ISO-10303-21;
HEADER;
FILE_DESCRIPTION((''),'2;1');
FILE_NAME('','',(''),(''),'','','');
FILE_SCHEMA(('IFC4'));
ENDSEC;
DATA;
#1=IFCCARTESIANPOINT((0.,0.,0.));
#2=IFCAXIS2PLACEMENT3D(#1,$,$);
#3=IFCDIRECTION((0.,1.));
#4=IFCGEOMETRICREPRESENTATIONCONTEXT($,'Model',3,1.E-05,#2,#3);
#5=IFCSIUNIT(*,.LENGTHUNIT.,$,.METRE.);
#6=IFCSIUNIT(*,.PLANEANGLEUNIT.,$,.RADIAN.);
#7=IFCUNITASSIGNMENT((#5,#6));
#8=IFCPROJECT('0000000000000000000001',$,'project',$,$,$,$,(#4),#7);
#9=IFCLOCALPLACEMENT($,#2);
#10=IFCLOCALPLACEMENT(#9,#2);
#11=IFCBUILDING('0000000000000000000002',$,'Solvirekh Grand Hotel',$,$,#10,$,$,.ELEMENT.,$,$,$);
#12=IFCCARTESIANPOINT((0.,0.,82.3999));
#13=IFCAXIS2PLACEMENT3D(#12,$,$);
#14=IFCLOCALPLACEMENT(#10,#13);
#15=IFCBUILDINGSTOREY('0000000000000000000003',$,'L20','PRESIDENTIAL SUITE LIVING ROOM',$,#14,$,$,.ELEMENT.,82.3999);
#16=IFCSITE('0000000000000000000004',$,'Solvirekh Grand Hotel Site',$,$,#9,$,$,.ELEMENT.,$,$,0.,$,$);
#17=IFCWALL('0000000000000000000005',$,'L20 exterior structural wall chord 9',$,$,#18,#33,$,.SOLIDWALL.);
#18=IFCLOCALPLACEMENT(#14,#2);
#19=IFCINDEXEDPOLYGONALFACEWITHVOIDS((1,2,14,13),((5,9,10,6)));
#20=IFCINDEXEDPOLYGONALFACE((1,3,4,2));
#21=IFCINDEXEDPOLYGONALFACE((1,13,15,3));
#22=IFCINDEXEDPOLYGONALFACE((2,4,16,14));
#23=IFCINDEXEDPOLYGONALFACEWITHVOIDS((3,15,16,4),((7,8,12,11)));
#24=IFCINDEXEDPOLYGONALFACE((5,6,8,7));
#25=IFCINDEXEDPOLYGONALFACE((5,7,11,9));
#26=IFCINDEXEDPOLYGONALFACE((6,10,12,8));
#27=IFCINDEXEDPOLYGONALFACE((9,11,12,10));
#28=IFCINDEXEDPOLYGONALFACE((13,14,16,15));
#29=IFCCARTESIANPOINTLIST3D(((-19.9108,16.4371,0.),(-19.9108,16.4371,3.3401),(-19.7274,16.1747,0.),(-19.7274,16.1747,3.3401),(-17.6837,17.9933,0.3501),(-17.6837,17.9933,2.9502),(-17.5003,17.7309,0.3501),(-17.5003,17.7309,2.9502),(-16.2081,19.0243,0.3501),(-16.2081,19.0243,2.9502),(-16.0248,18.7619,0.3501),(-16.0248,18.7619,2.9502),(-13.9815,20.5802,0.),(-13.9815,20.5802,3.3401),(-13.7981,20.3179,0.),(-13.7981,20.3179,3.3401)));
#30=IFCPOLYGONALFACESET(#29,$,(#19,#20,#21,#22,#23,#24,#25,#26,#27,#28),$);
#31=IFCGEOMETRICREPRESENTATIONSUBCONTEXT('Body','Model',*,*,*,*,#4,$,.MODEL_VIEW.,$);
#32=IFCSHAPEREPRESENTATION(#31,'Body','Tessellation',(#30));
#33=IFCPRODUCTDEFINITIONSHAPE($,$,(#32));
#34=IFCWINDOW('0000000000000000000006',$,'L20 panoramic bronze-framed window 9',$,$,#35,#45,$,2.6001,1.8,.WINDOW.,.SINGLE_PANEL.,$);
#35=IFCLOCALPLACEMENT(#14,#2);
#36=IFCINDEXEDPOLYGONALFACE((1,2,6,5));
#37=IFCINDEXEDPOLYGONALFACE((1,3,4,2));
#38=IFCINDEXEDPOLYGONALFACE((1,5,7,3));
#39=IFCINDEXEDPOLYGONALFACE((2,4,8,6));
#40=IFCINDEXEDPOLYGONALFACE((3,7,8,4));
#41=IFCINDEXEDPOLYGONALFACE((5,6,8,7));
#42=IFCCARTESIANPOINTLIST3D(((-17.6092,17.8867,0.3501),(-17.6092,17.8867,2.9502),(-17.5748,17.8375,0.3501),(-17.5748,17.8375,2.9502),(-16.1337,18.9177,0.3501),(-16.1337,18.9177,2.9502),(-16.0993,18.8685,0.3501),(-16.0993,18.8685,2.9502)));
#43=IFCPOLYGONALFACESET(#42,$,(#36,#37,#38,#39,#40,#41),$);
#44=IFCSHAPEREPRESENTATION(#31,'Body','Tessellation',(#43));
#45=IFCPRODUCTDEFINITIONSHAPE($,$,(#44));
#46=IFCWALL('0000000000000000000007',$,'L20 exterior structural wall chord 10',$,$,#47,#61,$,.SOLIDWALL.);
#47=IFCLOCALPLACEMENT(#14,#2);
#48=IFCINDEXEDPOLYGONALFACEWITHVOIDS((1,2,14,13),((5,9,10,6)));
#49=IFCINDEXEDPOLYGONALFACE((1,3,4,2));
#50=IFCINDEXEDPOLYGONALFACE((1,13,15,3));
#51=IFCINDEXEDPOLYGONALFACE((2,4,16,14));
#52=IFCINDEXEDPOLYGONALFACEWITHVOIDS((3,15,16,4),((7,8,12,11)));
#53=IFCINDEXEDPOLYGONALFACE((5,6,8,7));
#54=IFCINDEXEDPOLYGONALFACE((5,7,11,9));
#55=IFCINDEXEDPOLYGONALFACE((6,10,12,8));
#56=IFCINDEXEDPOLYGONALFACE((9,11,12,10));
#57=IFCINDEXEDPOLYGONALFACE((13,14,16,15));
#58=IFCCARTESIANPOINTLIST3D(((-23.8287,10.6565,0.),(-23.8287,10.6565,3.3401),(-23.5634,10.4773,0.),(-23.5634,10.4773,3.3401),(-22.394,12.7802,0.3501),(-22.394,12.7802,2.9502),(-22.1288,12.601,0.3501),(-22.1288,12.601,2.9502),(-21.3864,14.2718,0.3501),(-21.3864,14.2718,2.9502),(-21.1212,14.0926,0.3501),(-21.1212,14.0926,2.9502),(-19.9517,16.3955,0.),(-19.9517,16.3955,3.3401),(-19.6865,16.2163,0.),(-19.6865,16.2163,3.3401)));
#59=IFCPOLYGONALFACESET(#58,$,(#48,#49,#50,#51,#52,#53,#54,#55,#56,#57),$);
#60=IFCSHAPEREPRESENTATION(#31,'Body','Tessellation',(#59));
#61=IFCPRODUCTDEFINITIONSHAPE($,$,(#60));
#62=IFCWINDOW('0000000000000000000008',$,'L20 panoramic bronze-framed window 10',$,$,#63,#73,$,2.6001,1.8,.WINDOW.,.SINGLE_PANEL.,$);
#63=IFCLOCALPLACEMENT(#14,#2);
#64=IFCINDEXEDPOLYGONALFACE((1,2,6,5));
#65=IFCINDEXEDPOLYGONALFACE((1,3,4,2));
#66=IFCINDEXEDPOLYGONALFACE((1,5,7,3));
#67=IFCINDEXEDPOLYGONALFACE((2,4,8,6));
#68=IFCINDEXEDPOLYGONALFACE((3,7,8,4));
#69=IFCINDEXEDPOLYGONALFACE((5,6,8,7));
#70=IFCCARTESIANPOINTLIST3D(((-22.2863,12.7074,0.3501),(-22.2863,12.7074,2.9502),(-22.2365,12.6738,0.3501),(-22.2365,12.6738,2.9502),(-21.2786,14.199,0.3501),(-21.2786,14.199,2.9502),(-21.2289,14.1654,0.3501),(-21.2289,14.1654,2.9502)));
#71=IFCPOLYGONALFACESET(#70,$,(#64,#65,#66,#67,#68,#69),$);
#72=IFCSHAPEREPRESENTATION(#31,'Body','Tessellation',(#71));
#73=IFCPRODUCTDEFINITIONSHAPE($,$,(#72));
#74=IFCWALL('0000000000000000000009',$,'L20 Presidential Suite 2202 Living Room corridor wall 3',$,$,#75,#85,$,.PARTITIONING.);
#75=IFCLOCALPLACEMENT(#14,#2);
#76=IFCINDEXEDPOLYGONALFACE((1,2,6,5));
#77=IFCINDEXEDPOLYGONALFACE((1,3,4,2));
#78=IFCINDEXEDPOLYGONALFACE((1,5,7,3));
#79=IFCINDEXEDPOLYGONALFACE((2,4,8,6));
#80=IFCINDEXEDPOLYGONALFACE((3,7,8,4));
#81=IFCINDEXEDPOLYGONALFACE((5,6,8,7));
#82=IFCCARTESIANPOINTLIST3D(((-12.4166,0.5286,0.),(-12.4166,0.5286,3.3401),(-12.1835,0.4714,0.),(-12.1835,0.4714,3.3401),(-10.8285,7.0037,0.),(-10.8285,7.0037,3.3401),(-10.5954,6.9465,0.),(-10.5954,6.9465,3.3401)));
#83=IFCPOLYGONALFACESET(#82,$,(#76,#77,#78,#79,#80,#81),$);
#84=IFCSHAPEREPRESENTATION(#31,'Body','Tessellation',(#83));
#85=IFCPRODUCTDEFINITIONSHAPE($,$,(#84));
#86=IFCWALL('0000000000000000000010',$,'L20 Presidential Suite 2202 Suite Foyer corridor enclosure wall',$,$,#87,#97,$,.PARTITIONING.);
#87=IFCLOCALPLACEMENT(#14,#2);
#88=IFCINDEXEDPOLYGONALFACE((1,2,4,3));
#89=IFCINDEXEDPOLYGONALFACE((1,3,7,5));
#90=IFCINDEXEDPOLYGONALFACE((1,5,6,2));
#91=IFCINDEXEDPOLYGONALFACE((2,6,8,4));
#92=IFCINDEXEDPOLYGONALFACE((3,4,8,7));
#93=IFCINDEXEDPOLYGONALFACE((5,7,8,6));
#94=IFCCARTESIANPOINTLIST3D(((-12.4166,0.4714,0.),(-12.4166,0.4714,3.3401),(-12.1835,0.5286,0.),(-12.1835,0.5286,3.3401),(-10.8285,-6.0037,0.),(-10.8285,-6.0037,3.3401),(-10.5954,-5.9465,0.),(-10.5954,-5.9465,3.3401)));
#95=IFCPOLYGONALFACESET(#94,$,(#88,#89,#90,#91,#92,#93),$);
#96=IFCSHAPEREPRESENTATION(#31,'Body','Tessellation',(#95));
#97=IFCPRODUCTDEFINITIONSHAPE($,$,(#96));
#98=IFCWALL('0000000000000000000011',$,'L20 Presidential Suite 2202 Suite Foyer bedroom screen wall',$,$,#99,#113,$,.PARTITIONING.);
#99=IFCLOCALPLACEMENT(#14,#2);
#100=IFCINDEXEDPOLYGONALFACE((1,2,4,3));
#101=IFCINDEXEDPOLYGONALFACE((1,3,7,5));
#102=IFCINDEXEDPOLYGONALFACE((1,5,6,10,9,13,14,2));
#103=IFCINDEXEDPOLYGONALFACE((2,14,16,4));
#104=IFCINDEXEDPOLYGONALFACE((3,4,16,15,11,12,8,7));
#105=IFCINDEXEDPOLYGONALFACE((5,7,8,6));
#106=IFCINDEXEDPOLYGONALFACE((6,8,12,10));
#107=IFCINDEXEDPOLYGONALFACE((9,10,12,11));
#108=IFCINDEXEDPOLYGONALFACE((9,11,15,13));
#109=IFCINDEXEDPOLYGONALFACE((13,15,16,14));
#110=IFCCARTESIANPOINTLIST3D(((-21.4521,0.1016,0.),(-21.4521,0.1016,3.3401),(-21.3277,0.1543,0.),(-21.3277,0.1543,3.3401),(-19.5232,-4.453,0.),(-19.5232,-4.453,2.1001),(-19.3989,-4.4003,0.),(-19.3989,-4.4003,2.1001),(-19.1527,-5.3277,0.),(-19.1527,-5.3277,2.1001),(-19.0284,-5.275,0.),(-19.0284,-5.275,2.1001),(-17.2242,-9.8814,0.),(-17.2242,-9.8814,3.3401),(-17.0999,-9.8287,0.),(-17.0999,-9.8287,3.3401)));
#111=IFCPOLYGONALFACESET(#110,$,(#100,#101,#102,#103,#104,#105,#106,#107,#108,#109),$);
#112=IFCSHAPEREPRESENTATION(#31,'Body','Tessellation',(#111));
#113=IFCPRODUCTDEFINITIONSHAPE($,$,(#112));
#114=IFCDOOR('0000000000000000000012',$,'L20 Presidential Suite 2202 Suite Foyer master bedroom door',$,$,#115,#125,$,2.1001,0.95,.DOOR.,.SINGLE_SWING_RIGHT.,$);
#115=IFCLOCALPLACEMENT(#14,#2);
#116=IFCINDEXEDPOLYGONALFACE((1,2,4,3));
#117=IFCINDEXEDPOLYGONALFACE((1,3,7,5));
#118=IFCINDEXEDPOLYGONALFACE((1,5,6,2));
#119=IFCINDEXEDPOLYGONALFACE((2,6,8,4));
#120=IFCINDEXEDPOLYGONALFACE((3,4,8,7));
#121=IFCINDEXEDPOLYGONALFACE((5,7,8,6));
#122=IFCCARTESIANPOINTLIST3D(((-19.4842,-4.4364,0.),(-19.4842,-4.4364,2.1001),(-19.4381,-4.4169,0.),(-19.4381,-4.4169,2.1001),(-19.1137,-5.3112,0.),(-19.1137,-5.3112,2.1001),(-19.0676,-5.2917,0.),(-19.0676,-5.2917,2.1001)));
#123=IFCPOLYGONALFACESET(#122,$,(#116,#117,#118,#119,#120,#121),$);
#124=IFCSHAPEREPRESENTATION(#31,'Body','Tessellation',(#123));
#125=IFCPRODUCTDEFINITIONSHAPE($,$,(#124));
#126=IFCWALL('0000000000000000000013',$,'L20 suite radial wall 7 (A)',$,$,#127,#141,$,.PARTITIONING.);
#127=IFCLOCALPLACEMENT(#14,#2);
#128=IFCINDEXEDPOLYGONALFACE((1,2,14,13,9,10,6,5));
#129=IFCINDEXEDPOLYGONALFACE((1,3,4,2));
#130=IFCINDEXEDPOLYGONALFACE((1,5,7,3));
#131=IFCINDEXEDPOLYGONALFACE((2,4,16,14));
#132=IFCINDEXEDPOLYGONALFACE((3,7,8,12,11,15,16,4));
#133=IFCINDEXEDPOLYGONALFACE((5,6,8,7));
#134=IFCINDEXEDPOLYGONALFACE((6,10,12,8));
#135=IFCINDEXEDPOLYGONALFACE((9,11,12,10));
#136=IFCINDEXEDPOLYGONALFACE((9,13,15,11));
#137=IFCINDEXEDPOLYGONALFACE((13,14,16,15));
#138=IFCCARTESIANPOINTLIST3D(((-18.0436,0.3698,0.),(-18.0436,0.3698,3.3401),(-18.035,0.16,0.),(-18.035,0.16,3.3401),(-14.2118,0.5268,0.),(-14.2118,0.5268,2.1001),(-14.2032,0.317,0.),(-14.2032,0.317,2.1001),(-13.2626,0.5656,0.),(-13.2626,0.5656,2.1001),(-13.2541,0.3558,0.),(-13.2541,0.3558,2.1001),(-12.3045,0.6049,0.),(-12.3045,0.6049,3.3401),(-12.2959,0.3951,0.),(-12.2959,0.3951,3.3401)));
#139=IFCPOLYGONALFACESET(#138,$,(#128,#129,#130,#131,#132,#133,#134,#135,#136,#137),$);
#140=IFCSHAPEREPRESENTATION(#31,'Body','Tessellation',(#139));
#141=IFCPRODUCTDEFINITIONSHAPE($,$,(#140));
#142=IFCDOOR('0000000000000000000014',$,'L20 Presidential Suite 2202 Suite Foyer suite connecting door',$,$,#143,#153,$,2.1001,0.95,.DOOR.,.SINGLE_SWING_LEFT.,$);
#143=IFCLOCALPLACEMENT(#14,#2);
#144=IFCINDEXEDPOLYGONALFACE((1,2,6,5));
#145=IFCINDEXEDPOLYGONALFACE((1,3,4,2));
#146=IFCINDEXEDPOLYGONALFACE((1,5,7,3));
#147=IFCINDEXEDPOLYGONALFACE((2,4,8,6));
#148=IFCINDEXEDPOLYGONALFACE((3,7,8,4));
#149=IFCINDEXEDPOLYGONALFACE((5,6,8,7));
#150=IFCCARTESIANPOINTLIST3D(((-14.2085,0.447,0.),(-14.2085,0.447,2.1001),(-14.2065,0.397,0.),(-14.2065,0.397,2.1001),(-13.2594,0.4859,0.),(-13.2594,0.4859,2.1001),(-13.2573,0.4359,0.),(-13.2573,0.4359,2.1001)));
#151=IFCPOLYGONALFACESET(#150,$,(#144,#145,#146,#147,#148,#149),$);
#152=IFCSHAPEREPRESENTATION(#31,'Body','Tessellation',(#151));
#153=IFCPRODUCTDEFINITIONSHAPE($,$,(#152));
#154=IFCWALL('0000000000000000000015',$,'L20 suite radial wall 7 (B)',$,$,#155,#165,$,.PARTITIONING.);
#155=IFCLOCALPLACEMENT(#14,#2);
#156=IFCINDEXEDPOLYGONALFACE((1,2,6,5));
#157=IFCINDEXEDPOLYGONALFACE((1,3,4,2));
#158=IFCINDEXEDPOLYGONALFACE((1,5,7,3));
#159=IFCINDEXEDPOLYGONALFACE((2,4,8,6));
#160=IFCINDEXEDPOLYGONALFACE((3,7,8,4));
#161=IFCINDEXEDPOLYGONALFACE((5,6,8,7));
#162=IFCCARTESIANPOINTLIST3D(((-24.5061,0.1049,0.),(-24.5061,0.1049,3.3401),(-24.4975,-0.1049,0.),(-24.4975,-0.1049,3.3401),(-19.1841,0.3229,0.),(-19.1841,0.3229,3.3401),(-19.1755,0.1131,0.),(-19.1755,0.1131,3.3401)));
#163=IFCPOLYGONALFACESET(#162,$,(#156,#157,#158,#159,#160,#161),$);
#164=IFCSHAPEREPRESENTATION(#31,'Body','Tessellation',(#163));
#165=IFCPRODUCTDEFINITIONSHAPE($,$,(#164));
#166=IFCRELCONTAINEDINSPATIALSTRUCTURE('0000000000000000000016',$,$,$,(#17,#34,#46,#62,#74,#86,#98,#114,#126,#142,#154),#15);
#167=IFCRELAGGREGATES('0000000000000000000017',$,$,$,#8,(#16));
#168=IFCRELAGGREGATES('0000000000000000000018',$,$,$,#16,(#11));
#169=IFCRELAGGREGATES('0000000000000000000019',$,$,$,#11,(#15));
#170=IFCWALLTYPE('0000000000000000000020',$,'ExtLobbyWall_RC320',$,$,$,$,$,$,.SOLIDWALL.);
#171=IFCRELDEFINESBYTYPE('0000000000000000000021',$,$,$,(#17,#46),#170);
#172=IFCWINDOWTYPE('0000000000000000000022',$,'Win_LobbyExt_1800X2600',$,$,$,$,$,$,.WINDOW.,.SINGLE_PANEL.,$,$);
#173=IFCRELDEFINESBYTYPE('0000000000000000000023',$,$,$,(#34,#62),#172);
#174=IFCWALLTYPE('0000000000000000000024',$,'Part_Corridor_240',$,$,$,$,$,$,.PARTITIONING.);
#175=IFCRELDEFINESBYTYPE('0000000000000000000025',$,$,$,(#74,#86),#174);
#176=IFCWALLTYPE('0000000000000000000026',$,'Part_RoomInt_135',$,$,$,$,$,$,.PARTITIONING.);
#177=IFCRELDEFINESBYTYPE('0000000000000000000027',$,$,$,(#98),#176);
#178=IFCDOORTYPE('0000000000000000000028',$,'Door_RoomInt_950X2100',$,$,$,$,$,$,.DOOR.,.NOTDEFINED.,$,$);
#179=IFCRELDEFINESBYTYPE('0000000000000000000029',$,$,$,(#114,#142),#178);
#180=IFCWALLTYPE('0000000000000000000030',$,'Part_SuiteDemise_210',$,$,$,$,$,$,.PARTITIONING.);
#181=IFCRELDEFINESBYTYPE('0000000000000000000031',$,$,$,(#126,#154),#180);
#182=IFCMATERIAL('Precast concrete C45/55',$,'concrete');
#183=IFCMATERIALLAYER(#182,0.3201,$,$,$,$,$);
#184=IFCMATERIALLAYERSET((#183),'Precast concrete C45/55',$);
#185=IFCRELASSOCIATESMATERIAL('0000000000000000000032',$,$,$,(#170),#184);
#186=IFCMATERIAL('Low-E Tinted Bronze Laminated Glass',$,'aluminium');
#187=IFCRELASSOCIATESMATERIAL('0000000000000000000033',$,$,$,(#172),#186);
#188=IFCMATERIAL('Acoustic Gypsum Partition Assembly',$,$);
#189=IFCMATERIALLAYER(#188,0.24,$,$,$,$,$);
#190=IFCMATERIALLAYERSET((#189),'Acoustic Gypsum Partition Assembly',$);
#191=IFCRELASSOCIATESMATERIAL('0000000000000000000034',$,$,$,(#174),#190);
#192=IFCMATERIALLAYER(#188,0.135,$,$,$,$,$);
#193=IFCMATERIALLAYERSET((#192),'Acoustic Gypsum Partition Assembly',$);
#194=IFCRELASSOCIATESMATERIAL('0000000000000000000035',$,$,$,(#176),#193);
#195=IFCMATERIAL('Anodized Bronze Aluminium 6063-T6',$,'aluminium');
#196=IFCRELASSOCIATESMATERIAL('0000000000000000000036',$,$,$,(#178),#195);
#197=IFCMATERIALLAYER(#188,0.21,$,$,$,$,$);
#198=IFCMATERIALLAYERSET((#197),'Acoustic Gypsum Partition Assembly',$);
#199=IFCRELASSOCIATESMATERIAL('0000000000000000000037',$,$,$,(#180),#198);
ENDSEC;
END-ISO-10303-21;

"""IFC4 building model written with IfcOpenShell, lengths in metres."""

from ifc_helpers import new_model, si_unit, direction, frame, frame_2d, origin, place, context, subcontext, project, spatial, rectangle, extrude, material, layer, layer_set, type_object, element, fill, save


model = new_model("IFC4")

# Units and contexts
model_context = context("Model", 3, precision=1e-05, world=origin(), true_north=direction((0.0, 1.0)))
body_context = subcontext(model_context, "Body", "Model", "MODEL_VIEW")
ifc_project = project(units=[si_unit("LENGTHUNIT", "METRE"), si_unit("PLANEANGLEUNIT", "RADIAN")], contexts=[model_context])

# Site, building, storey
site_placement = place(None, origin())
site = spatial("IfcSite", under=ifc_project, at=site_placement, Name="Solvirekh Grand Hotel Site", CompositionType="ELEMENT", RefElevation=0.0)
building_placement = place(site_placement, origin())
building = spatial("IfcBuilding", under=site, at=building_placement, Name="Solvirekh Grand Hotel", CompositionType="ELEMENT")
storey_placement = place(building_placement, frame((0.0, 0.0, 82.3999)))
storey = spatial("IfcBuildingStorey", under=building, at=storey_placement, Name="L20", Description="PRESIDENTIAL SUITE LIVING ROOM", CompositionType="ELEMENT", Elevation=82.3999)

# Shared definitions
ifc_material_1 = material(Name="Anodized Bronze Aluminium 6063-T6", Category="aluminium")

# Shared definitions
ifc_material_2 = material(Name="Low-E Tinted Bronze Laminated Glass", Category="aluminium")

# Walls, openings, windows
ifc_material_3 = material(Name="Precast concrete C45/55", Category="concrete")
ifc_layer_1 = layer(ifc_material_3, 0.3201)
ifc_layer_set_1 = layer_set([ifc_layer_1], Name="Precast concrete C45/55")
wall_type_1 = type_object("IfcWallType", Name="ExtLobbyWall_RC320", PredefinedType="SOLIDWALL", material=ifc_layer_set_1)
wall_1_placement = place(storey_placement, frame((-19.8191, 16.3059, 0.0), z_axis=(0.0, 0.0, 1.0), x_axis=(0.819711, 0.572778, 0.0)))
wall_1 = element("IfcWall", 1, at=wall_1_placement, inside=storey, type_object=wall_type_1, Name="L20 exterior structural wall chord 9", PredefinedType="SOLIDWALL", context=body_context, shape_type="SweptSolid", body=[
    extrude(rectangle(XDim=7.2334, YDim=0.3201, at=frame_2d((3.6167, 0.0))), origin(), (0.0, 0.0, 1.0), 3.3401),
])
opening_1_placement = place(wall_1_placement, frame((2.717, 0.0, 0.3501)))
opening_1 = element("IfcOpeningElement", 2, at=opening_1_placement, cuts=wall_1, PredefinedType="OPENING", context=body_context, shape_type="SweptSolid", body=[
    extrude(rectangle(XDim=1.8, YDim=2.6001, at=frame_2d((0.8999, 1.3))), frame((0.0, 0.1699, 0.0), z_axis=(0.0, -1.0, 0.0), x_axis=(1.0, 0.0, 0.0)), (0.0, 0.0, 1.0), 0.3401),
])
window_type = type_object("IfcWindowType", Name="Win_LobbyExt_1800X2600", PartitioningType="SINGLE_PANEL", PredefinedType="WINDOW", material=ifc_material_2)
window_1_placement = place(opening_1_placement, origin())
window_1 = element("IfcWindow", 3, at=window_1_placement, inside=storey, type_object=window_type, Name="L20 panoramic bronze-framed window 9", OverallHeight=2.6001, OverallWidth=1.8, PartitioningType="SINGLE_PANEL", PredefinedType="WINDOW", context=body_context, shape_type="SweptSolid", body=[
    extrude(rectangle(XDim=1.8, YDim=2.6001, at=frame_2d((0.8999, 1.3))), frame((0.0, 0.03, 0.0), z_axis=(0.0, -1.0, 0.0), x_axis=(1.0, 0.0, 0.0)), (0.0, 0.0, 1.0), 0.0601),
])
fill(opening_1, window_1)
wall_2_placement = place(storey_placement, frame((-23.696, 10.5669, 0.0), z_axis=(0.0, 0.0, 1.0), x_axis=(0.559782, 0.82864, 0.0)))
wall_2 = element("IfcWall", 4, at=wall_2_placement, inside=storey, type_object=wall_type_1, Name="L20 exterior structural wall chord 10", PredefinedType="SOLIDWALL", context=body_context, shape_type="SweptSolid", body=[
    extrude(rectangle(XDim=6.9258, YDim=0.3201, at=frame_2d((3.4629, 0.0))), origin(), (0.0, 0.0, 1.0), 3.3401),
])
opening_2_placement = place(wall_2_placement, frame((2.563, 0.0, 0.3501)))
opening_2 = element("IfcOpeningElement", 5, at=opening_2_placement, cuts=wall_2, PredefinedType="OPENING", context=body_context, shape_type="SweptSolid", body=[
    extrude(rectangle(XDim=1.8, YDim=2.6001, at=frame_2d((0.8999, 1.3))), frame((0.0, 0.1699, 0.0), z_axis=(0.0, -1.0, 0.0), x_axis=(1.0, 0.0, 0.0)), (0.0, 0.0, 1.0), 0.3401),
])
window_2_placement = place(opening_2_placement, origin())
window_2 = element("IfcWindow", 6, at=window_2_placement, inside=storey, type_object=window_type, Name="L20 panoramic bronze-framed window 10", OverallHeight=2.6001, OverallWidth=1.8, PartitioningType="SINGLE_PANEL", PredefinedType="WINDOW", context=body_context, shape_type="SweptSolid", body=[
    extrude(rectangle(XDim=1.8, YDim=2.6001, at=frame_2d((0.8999, 1.3))), frame((0.0, 0.03, 0.0), z_axis=(0.0, -1.0, 0.0), x_axis=(1.0, 0.0, 0.0)), (0.0, 0.0, 1.0), 0.0601),
])
fill(opening_2, window_2)

# Walls
ifc_material_4 = material(Name="Acoustic Gypsum Partition Assembly")
ifc_layer_2 = layer(ifc_material_4, 0.24)
ifc_layer_set_2 = layer_set([ifc_layer_2], Name="Acoustic Gypsum Partition Assembly")
wall_type_2 = type_object("IfcWallType", Name="Part_Corridor_240", PredefinedType="PARTITIONING", material=ifc_layer_set_2)
for number, where, z_axis, x_axis, name in (
    (7, (-10.7119, 6.9751, 0.0), (0.0, 0.0, 1.0), (-0.238208, -0.971214, 0.0), "L20 Presidential Suite 2202 Living Room corridor wall 3"),
    (8, (-12.3, 0.5, 0.0), (0.0, 0.0, 1.0), (0.238208, -0.971214, 0.0), "L20 Presidential Suite 2202 Suite Foyer corridor enclosure wall"),
):
    element("IfcWall", number, at=place(storey_placement, frame(where, z_axis=z_axis, x_axis=x_axis)), inside=storey, type_object=wall_type_2, Name=name, PredefinedType="PARTITIONING", context=body_context, shape_type="SweptSolid", body=[
        extrude(rectangle(XDim=6.667, YDim=0.24, at=frame_2d((3.3335, 0.0))), origin(), (0.0, 0.0, 1.0), 3.3401),
    ])

# Walls, openings, doors
ifc_layer_3 = layer(ifc_material_4, 0.135)
ifc_layer_set_3 = layer_set([ifc_layer_3], Name="Acoustic Gypsum Partition Assembly")
wall_type_3 = type_object("IfcWallType", Name="Part_RoomInt_135", PredefinedType="PARTITIONING", material=ifc_layer_set_3)
wall_3_placement = place(storey_placement, frame((-21.3899, 0.1279, 0.0), z_axis=(0.0, 0.0, 1.0), x_axis=(0.389972, -0.920827, 0.0)))
wall_3 = element("IfcWall", 9, at=wall_3_placement, inside=storey, type_object=wall_type_3, Name="L20 Presidential Suite 2202 Suite Foyer bedroom screen wall", PredefinedType="PARTITIONING", context=body_context, shape_type="SweptSolid", body=[
    extrude(rectangle(XDim=10.8413, YDim=0.135, at=frame_2d((5.4207, 0.0))), origin(), (0.0, 0.0, 1.0), 3.3401),
])
opening_3_placement = place(wall_3_placement, frame((4.946, 0.0, 0.0)))
opening_3 = element("IfcOpeningElement", 10, at=opening_3_placement, cuts=wall_3, PredefinedType="OPENING", context=body_context, shape_type="SweptSolid", body=[
    extrude(rectangle(XDim=0.95, YDim=2.1001, at=frame_2d((0.4751, 1.05))), frame((0.0, 0.0776, 0.0), z_axis=(0.0, -1.0, 0.0), x_axis=(1.0, 0.0, 0.0)), (0.0, 0.0, 1.0), 0.155),
])
door_type = type_object("IfcDoorType", Name="Door_RoomInt_950X2100", OperationType="NOTDEFINED", PredefinedType="DOOR", material=ifc_material_1)
door_1_placement = place(opening_3_placement, origin())
door_1 = element("IfcDoor", 11, at=door_1_placement, inside=storey, type_object=door_type, Name="L20 Presidential Suite 2202 Suite Foyer master bedroom door", OperationType="SINGLE_SWING_RIGHT", OverallHeight=2.1001, OverallWidth=0.95, PredefinedType="DOOR", context=body_context, shape_type="SweptSolid", body=[
    extrude(rectangle(XDim=0.95, YDim=2.1001, at=frame_2d((0.4751, 1.05))), frame((0.0, 0.0249, 0.0), z_axis=(0.0, -1.0, 0.0), x_axis=(1.0, 0.0, 0.0)), (0.0, 0.0, 1.0), 0.05),
])
fill(opening_3, door_1)
ifc_layer_4 = layer(ifc_material_4, 0.21)
ifc_layer_set_4 = layer_set([ifc_layer_4], Name="Acoustic Gypsum Partition Assembly")
wall_type_4 = type_object("IfcWallType", Name="Part_SuiteDemise_210", PredefinedType="PARTITIONING", material=ifc_layer_set_4)
wall_4_placement = place(storey_placement, frame((-12.3, 0.5, 0.0), z_axis=(0.0, 0.0, 1.0), x_axis=(-0.999162, -0.040932, 0.0)))
wall_4 = element("IfcWall", 12, at=wall_4_placement, inside=storey, type_object=wall_type_4, Name="L20 suite radial wall 7 (A)", PredefinedType="PARTITIONING", context=body_context, shape_type="SweptSolid", body=[
    extrude(rectangle(XDim=5.7439, YDim=0.21, at=frame_2d((2.8721, 0.0))), origin(), (0.0, 0.0, 1.0), 3.3401),
])
opening_4_placement = place(wall_4_placement, frame((0.959, 0.0, 0.0)))
opening_4 = element("IfcOpeningElement", 13, at=opening_4_placement, cuts=wall_4, PredefinedType="OPENING", context=body_context, shape_type="SweptSolid", body=[
    extrude(rectangle(XDim=0.95, YDim=2.1001, at=frame_2d((0.4751, 1.05))), frame((0.0, 0.115, 0.0), z_axis=(0.0, -1.0, 0.0), x_axis=(1.0, 0.0, 0.0)), (0.0, 0.0, 1.0), 0.23),
])
door_2_placement = place(opening_4_placement, origin())
door_2 = element("IfcDoor", 14, at=door_2_placement, inside=storey, type_object=door_type, Name="L20 Presidential Suite 2202 Suite Foyer suite connecting door", OperationType="SINGLE_SWING_LEFT", OverallHeight=2.1001, OverallWidth=0.95, PredefinedType="DOOR", context=body_context, shape_type="SweptSolid", body=[
    extrude(rectangle(XDim=0.95, YDim=2.1001, at=frame_2d((0.4751, 1.05))), frame((0.0, 0.0249, 0.0), z_axis=(0.0, -1.0, 0.0), x_axis=(1.0, 0.0, 0.0)), (0.0, 0.0, 1.0), 0.05),
])
fill(opening_4, door_2)

# Wall
wall_5_placement = place(storey_placement, frame((-19.1799, 0.218, 0.0), z_axis=(0.0, 0.0, 1.0), x_axis=(-0.999162, -0.040931, 0.0)))
element("IfcWall", 15, at=wall_5_placement, inside=storey, type_object=wall_type_4, Name="L20 suite radial wall 7 (B)", PredefinedType="PARTITIONING", context=body_context, shape_type="SweptSolid", body=[
    extrude(rectangle(XDim=5.3264, YDim=0.21, at=frame_2d((2.6631, 0.0))), origin(), (0.0, 0.0, 1.0), 3.3401),
])

save(model, "model.ifc")
